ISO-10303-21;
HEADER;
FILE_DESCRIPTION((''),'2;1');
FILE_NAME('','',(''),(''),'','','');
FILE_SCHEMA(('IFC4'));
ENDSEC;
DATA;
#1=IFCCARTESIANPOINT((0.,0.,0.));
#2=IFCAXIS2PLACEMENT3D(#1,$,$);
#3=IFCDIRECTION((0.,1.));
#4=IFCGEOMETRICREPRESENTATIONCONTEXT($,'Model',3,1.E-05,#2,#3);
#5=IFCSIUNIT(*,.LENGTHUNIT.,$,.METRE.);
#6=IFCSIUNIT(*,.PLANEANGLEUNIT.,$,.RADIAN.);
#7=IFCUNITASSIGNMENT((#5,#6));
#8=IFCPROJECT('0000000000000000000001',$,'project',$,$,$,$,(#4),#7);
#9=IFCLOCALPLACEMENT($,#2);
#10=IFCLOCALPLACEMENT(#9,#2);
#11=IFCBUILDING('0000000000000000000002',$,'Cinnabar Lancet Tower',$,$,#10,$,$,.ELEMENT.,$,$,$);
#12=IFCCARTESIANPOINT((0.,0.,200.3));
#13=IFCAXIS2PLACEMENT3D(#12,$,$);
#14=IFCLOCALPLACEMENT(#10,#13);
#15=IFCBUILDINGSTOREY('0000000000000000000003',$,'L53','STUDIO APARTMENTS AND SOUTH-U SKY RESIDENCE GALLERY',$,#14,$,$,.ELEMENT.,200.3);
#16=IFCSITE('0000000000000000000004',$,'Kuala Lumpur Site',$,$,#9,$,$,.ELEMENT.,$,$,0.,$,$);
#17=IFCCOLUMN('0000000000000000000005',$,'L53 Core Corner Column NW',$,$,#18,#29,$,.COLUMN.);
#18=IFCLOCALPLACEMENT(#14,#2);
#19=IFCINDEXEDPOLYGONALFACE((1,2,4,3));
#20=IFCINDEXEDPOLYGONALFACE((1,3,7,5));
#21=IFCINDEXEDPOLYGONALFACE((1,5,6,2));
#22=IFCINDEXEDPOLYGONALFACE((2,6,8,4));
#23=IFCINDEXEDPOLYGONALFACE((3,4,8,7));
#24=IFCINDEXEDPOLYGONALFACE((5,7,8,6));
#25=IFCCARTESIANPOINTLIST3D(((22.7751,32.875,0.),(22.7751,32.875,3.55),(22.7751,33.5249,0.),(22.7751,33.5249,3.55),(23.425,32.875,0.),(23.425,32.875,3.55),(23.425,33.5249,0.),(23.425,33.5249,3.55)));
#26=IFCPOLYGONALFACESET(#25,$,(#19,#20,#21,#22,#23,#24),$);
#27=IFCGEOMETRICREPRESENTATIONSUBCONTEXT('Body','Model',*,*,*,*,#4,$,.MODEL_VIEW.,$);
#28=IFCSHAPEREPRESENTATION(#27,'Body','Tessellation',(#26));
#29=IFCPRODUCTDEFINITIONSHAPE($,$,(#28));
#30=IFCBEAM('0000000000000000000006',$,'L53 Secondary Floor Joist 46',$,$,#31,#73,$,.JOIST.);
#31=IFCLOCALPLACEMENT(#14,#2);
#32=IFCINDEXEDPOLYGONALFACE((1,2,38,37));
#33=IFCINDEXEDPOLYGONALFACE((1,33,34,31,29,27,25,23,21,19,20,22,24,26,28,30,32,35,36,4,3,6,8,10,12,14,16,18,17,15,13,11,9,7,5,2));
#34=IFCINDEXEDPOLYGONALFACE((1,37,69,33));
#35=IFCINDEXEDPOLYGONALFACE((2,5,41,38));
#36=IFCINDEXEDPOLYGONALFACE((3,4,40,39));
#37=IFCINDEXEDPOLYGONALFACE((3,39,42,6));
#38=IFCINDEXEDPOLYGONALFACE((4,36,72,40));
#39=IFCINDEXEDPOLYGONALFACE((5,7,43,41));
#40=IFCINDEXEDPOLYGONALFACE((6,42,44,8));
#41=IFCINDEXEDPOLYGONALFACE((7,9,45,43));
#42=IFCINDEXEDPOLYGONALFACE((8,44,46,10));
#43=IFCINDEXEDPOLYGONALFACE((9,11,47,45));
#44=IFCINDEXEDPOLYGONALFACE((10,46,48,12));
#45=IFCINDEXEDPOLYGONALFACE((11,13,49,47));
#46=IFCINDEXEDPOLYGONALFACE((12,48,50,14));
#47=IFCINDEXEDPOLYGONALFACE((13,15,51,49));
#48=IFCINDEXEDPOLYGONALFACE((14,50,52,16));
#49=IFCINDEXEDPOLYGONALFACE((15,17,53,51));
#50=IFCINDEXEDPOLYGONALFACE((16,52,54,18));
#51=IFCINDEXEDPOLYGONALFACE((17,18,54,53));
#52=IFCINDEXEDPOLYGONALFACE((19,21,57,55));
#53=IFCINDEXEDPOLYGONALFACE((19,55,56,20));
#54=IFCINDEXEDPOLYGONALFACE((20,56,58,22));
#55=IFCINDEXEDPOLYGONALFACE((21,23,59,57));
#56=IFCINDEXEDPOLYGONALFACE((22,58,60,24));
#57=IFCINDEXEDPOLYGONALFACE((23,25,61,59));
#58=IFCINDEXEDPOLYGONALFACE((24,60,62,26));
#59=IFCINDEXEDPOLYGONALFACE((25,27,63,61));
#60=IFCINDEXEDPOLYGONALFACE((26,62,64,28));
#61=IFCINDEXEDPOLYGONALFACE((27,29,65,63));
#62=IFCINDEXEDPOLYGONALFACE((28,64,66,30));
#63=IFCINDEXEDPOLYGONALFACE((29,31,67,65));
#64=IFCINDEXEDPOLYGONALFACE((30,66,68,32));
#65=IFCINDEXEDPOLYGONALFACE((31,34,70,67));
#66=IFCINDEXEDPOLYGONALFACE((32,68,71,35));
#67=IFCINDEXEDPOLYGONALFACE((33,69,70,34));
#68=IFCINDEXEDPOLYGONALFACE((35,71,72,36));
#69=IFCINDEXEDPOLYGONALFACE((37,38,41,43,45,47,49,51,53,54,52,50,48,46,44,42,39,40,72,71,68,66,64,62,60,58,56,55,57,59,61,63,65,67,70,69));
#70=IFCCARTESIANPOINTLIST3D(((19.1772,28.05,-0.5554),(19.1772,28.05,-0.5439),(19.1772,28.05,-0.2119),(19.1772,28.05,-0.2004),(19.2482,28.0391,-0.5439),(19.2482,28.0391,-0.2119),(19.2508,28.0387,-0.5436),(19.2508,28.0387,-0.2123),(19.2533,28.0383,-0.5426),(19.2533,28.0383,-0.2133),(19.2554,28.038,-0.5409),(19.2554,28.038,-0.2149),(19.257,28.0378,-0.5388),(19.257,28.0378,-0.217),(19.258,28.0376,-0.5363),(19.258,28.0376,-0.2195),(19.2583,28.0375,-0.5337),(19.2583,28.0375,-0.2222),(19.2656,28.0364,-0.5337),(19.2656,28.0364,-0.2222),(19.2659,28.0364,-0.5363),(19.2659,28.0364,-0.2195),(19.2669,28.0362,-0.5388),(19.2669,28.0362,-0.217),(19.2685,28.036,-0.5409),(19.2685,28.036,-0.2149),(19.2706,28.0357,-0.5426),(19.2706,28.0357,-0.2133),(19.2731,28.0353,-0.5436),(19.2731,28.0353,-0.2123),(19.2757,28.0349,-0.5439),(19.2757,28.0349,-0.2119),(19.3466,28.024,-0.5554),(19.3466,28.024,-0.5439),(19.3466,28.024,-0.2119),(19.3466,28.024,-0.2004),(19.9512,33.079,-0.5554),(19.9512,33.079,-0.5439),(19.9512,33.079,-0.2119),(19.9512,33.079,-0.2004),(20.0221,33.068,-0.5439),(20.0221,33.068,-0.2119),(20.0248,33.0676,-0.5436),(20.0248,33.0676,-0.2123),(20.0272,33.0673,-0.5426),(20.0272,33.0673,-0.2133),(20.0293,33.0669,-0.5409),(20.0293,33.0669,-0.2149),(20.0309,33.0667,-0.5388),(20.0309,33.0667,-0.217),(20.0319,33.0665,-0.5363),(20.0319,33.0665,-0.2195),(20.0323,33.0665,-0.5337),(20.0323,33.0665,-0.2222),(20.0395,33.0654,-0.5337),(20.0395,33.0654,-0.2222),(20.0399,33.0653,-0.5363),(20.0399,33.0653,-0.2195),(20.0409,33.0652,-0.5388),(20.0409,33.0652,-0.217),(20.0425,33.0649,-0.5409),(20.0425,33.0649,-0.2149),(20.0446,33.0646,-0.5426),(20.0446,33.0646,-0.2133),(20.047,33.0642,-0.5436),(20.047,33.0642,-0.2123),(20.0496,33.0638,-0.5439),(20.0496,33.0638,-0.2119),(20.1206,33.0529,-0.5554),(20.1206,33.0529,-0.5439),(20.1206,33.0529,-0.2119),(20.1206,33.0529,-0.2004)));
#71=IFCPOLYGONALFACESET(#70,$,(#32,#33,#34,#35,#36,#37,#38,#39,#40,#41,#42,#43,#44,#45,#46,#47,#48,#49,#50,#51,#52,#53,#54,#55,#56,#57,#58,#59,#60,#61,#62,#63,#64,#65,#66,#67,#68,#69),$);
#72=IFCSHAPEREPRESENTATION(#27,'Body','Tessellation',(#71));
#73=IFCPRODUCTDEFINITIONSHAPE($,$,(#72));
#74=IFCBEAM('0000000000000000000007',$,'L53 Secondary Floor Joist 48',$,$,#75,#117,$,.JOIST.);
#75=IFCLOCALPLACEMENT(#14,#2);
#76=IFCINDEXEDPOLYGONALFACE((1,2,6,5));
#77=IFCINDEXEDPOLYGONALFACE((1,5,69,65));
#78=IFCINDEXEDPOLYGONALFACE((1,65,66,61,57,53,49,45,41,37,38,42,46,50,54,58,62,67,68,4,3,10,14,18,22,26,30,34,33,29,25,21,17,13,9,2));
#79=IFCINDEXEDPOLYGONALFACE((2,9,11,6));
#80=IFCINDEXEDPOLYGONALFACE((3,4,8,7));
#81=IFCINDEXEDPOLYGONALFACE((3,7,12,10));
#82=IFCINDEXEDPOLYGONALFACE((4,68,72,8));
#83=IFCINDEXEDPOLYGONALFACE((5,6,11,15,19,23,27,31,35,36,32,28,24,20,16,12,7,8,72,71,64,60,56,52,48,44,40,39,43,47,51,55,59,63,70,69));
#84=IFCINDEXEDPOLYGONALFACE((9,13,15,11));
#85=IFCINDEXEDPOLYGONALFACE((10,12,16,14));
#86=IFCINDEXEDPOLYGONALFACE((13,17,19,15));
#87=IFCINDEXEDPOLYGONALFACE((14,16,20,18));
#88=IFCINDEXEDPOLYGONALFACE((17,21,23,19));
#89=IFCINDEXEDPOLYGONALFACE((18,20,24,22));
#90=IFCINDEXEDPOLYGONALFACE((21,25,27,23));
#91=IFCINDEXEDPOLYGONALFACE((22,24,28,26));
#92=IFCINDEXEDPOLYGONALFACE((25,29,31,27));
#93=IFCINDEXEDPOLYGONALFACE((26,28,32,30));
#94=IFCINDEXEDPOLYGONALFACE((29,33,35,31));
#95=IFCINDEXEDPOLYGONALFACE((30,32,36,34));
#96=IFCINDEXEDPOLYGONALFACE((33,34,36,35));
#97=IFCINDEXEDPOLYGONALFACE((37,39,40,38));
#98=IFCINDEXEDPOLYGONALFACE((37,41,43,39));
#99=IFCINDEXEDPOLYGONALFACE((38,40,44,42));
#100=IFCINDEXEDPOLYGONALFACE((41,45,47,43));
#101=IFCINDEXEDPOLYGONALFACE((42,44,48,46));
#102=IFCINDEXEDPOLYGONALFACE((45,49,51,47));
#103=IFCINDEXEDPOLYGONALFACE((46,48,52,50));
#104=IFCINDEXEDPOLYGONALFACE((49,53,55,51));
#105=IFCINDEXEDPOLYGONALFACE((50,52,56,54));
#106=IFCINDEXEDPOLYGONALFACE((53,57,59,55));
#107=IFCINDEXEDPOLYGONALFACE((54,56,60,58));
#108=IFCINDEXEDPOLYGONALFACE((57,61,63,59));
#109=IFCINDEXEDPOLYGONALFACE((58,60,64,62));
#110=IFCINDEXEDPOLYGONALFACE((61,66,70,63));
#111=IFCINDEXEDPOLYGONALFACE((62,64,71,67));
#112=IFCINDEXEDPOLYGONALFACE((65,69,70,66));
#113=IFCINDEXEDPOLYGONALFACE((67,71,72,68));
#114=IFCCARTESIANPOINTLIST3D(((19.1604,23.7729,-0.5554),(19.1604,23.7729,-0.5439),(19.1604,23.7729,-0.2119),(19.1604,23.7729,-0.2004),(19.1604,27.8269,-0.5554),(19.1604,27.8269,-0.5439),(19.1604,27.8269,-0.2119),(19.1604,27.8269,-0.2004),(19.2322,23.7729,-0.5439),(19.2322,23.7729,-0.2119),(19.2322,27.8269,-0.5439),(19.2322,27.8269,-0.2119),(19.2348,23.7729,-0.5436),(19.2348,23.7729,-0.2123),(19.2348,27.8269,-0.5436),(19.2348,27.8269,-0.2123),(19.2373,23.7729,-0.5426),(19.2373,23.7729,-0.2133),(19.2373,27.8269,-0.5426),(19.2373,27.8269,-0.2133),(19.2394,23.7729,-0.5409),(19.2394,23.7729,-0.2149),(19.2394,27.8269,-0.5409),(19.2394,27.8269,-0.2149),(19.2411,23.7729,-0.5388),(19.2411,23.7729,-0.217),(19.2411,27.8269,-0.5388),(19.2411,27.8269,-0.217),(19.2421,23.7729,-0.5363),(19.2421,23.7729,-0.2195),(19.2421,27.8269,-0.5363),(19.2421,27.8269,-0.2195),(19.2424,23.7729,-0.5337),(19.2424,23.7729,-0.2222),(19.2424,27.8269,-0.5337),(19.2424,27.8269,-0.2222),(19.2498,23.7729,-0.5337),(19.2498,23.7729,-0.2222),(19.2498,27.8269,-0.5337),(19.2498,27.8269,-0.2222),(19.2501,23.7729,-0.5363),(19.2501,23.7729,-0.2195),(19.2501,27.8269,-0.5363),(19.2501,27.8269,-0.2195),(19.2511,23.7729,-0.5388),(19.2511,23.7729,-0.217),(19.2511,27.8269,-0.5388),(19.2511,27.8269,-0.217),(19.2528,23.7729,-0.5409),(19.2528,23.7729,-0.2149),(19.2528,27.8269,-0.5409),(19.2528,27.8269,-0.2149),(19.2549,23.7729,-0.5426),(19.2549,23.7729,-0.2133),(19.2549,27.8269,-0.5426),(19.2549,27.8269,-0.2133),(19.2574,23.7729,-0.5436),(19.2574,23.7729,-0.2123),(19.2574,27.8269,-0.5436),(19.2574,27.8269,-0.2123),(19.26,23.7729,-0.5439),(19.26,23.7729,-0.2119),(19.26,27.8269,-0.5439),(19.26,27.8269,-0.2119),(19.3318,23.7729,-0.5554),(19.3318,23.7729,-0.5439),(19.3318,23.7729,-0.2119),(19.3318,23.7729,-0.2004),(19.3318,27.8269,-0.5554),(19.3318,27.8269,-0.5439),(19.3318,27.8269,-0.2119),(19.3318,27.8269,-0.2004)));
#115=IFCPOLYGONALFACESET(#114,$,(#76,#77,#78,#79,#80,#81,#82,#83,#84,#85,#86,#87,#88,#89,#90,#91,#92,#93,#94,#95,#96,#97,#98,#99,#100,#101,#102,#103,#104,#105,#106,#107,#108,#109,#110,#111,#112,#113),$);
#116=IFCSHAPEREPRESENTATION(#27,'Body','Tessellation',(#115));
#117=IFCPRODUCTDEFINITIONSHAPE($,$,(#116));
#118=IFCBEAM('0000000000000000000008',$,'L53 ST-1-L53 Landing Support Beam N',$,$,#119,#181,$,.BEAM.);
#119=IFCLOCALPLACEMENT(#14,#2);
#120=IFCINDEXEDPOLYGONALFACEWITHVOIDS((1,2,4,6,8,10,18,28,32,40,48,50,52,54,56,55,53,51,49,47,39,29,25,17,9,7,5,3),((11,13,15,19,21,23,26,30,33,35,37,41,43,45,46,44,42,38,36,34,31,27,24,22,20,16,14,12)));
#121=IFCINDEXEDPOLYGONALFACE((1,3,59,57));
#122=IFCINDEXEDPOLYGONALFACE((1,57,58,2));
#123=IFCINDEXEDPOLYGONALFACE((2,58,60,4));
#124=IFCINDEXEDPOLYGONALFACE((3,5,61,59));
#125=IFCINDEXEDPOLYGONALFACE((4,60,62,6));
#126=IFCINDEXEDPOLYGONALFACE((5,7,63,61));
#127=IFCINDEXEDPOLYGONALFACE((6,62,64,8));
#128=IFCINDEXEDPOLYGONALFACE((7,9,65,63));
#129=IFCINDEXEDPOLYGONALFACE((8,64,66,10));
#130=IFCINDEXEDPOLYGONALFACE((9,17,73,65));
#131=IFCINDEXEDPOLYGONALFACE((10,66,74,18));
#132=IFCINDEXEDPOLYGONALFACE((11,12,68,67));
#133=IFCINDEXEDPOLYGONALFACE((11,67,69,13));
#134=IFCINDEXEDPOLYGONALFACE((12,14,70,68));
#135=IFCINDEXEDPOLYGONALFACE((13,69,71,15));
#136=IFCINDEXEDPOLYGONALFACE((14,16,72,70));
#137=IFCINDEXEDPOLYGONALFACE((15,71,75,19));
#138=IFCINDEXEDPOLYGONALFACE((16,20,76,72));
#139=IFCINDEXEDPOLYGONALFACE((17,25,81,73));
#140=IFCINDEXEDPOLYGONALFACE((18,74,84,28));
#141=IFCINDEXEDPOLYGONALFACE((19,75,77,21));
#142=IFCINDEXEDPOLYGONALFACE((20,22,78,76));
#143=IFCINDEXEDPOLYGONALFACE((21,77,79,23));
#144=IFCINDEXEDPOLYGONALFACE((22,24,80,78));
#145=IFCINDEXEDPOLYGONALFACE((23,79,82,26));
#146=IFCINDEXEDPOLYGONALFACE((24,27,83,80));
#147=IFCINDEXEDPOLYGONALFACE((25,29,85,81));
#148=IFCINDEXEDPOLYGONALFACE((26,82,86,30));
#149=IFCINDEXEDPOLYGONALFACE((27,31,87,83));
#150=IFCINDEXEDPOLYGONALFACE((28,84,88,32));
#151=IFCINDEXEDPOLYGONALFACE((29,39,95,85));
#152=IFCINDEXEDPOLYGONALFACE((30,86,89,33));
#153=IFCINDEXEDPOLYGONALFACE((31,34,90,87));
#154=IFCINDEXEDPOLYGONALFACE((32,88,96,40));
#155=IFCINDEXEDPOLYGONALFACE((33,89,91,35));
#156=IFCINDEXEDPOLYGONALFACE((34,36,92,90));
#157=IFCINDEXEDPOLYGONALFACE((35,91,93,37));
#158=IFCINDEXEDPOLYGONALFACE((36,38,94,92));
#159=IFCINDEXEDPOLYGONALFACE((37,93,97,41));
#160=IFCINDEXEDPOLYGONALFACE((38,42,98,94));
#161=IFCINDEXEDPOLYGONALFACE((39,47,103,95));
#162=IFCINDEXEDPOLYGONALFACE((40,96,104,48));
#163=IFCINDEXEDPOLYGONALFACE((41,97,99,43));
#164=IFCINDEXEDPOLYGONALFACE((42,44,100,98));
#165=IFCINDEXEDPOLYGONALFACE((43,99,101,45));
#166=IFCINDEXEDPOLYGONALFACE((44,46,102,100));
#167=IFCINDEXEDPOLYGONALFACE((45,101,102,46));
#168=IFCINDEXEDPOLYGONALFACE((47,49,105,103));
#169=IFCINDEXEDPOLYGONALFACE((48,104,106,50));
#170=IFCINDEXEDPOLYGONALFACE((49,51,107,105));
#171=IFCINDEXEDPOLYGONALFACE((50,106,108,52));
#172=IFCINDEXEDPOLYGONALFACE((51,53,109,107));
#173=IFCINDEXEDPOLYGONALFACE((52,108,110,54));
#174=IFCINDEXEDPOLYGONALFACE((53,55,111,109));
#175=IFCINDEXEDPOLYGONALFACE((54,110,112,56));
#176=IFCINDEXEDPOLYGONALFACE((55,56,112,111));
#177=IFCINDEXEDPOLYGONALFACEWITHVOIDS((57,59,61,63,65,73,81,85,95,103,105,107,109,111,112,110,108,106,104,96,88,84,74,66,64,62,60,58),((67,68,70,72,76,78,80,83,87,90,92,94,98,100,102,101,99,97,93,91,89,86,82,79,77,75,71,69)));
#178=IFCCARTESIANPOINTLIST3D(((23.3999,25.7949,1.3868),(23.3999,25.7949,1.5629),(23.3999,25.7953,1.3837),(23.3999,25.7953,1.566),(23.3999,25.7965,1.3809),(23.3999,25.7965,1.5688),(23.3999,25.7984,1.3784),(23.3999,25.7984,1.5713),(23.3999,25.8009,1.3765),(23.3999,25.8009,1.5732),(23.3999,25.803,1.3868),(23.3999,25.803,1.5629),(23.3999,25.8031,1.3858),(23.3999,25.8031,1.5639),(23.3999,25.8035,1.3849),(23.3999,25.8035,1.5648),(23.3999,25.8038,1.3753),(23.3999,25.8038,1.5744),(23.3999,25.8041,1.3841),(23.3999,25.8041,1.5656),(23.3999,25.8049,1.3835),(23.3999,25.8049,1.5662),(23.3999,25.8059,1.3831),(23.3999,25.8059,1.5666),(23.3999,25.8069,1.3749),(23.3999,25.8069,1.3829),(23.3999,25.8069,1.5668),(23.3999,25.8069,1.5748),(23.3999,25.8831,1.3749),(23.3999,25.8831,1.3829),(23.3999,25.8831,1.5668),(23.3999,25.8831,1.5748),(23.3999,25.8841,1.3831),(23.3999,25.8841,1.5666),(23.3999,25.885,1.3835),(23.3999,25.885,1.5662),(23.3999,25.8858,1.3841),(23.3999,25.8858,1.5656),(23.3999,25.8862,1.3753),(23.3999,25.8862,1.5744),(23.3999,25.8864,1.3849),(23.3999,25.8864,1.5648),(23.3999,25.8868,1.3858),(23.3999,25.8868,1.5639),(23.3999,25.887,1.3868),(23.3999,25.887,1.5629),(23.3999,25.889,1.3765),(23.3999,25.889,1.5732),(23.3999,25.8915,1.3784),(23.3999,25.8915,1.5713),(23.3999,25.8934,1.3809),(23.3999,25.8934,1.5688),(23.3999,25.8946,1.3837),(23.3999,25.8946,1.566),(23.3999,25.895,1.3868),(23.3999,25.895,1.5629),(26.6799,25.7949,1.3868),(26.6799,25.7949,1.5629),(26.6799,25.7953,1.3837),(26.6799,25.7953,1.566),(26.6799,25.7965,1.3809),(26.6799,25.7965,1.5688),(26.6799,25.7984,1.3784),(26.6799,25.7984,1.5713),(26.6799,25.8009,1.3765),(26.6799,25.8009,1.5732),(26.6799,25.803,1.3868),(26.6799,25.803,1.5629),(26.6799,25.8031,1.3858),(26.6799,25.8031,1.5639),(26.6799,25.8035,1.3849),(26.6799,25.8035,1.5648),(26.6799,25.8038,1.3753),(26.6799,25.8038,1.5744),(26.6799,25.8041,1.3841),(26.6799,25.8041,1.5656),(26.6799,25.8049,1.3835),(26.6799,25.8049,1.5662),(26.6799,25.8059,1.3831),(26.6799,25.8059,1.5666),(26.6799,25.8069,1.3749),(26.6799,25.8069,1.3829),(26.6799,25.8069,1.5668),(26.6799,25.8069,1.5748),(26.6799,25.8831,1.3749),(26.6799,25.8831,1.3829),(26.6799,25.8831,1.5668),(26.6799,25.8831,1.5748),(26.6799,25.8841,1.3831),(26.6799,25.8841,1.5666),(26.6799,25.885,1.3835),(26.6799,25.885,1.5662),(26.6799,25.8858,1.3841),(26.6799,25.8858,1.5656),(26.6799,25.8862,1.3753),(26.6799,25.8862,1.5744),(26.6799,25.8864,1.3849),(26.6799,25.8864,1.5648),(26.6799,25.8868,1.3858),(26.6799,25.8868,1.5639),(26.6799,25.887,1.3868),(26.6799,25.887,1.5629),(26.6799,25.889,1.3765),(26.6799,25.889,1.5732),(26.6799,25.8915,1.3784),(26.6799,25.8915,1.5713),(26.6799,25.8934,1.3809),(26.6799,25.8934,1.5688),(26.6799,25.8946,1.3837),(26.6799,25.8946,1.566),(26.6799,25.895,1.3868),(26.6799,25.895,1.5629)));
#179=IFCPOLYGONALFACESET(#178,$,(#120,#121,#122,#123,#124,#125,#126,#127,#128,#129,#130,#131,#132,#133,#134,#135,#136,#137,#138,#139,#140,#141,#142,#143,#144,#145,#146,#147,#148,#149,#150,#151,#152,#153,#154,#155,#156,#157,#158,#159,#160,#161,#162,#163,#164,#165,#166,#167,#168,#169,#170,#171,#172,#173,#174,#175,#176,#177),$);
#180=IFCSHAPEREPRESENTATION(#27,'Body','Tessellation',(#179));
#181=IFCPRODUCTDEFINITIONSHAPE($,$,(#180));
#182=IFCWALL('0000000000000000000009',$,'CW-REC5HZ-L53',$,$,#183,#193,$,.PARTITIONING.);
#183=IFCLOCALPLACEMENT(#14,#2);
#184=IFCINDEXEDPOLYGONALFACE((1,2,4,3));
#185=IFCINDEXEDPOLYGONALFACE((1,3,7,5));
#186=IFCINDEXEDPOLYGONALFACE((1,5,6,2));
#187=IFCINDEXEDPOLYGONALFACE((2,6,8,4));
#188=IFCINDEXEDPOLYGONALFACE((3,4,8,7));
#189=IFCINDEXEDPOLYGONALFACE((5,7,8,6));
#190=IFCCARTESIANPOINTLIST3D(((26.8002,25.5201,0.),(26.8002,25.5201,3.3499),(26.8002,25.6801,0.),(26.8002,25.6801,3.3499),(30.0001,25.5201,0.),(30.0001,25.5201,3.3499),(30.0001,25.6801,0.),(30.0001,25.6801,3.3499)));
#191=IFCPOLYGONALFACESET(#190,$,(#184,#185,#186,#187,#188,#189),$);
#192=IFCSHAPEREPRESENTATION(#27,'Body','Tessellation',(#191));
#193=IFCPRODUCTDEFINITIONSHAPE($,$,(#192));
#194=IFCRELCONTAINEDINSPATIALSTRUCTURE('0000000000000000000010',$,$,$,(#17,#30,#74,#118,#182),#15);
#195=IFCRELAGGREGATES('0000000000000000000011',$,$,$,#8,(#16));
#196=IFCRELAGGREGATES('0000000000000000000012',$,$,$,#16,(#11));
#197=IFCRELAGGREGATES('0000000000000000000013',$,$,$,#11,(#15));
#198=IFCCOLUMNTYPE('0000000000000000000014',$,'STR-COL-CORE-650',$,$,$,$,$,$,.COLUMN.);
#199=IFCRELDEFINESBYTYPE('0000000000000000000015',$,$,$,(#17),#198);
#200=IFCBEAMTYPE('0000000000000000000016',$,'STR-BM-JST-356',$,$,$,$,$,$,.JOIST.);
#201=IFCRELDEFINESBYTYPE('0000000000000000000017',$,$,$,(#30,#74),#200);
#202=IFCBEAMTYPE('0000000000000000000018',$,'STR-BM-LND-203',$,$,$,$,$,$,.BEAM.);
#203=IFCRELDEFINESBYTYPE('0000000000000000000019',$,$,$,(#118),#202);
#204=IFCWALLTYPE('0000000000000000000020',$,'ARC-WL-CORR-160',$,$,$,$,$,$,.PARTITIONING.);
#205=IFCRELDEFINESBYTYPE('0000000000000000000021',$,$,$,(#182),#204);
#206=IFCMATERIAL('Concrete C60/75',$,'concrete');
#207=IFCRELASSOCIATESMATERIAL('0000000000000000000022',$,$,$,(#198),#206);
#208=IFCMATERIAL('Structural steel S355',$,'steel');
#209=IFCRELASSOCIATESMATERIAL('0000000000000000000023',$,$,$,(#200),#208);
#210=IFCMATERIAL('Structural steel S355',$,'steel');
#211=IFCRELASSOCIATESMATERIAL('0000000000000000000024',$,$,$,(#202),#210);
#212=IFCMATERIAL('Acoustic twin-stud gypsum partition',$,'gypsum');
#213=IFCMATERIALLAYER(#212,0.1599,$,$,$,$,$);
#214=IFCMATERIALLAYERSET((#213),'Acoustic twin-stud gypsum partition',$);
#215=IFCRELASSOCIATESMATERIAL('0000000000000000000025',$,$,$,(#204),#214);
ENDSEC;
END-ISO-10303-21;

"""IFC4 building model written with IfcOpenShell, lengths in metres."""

from ifc_helpers import new_model, si_unit, direction, frame, frame_2d, origin, origin_2d, place, context, subcontext, project, spatial, rectangle, hollow_rectangle, i_section, extrude, material, layer, layer_set, material_profile, profile_set, type_object, element, save


model = new_model("IFC4")

# Units and contexts
model_context = context("Model", 3, precision=1e-05, world=origin(), true_north=direction((0.0, 1.0)))
body_context = subcontext(model_context, "Body", "Model", "MODEL_VIEW")
ifc_project = project(units=[si_unit("LENGTHUNIT", "METRE"), si_unit("PLANEANGLEUNIT", "RADIAN")], contexts=[model_context])

# Site, building, storey
site_placement = place(None, origin())
site = spatial("IfcSite", under=ifc_project, at=site_placement, Name="Kuala Lumpur Site", CompositionType="ELEMENT", RefElevation=0.0)
building_placement = place(site_placement, origin())
building = spatial("IfcBuilding", under=site, at=building_placement, Name="Cinnabar Lancet Tower", CompositionType="ELEMENT")
storey_placement = place(building_placement, frame((0.0, 0.0, 200.3)))
storey = spatial("IfcBuildingStorey", under=building, at=storey_placement, Name="L53", Description="STUDIO APARTMENTS AND SOUTH-U SKY RESIDENCE GALLERY", CompositionType="ELEMENT", Elevation=200.3)

# Column
ifc_material_1 = material(Name="Concrete C60/75", Category="concrete")
ifc_material_profile_1 = material_profile(ifc_material_1, rectangle(XDim=0.6499, YDim=0.6499, at=origin_2d()), Name="RC-COL 650x650")
ifc_profile_set_1 = profile_set([ifc_material_profile_1], Name="Concrete C60/75")
column_type = type_object("IfcColumnType", Name="STR-COL-CORE-650", PredefinedType="COLUMN", material=ifc_profile_set_1)
column_placement = place(storey_placement, frame((23.1001, 33.2, 0.0), z_axis=(0.0, 0.0, 1.0), x_axis=(1.0, 0.0, 0.0)))
element("IfcColumn", 1, at=column_placement, inside=storey, type_object=column_type, Name="L53 Core Corner Column NW", PredefinedType="COLUMN", context=body_context, shape_type="SweptSolid", body=[
    extrude(rectangle(XDim=0.6499, YDim=0.6499, at=origin_2d()), origin(), (0.0, 0.0, 1.0), 3.55),
])

# Beams
ifc_material_2 = material(Name="Structural steel S355", Category="steel")
ifc_material_profile_2 = material_profile(ifc_material_2, i_section(OverallWidth=0.1714, OverallDepth=0.355, WebThickness=0.0073, FlangeThickness=0.0115, FilletRadius=0.0103, at=origin_2d()), Name="UKB 356x171x51")
ifc_profile_set_2 = profile_set([ifc_material_profile_2], Name="Structural steel S355")
beam_type_1 = type_object("IfcBeamType", Name="STR-BM-JST-356", PredefinedType="JOIST", material=ifc_profile_set_2)
beam_1_placement = place(storey_placement, frame((20.0359, 33.0659, -0.3779), z_axis=(-0.152108, -0.988364, 0.0), x_axis=(0.988364, -0.152108, 0.0)))
element("IfcBeam", 2, at=beam_1_placement, inside=storey, type_object=beam_type_1, Name="L53 Secondary Floor Joist 46", PredefinedType="JOIST", context=body_context, shape_type="SweptSolid", body=[
    extrude(i_section(OverallWidth=0.1714, OverallDepth=0.355, WebThickness=0.0073, FlangeThickness=0.0115, FilletRadius=0.0103, at=origin_2d()), origin(), (0.0, 0.0, 1.0), 5.0881),
])
beam_2_placement = place(storey_placement, frame((19.2461, 27.8269, -0.3779), z_axis=(0.0, -1.0, 0.0), x_axis=(1.0, 0.0, 0.0)))
element("IfcBeam", 3, at=beam_2_placement, inside=storey, type_object=beam_type_1, Name="L53 Secondary Floor Joist 48", PredefinedType="JOIST", context=body_context, shape_type="SweptSolid", body=[
    extrude(i_section(OverallWidth=0.1714, OverallDepth=0.355, WebThickness=0.0073, FlangeThickness=0.0115, FilletRadius=0.0103, at=origin_2d()), origin(), (0.0, 0.0, 1.0), 4.054),
])
ifc_material_3 = material(Name="Structural steel S355", Category="steel")
ifc_material_profile_3 = material_profile(ifc_material_3, hollow_rectangle(XDim=0.1001, YDim=0.2, WallThickness=0.0081, InnerFilletRadius=0.0039, OuterFilletRadius=0.012, at=origin_2d()), Name="RHS 200x100x8")
ifc_profile_set_3 = profile_set([ifc_material_profile_3], Name="Structural steel S355")
beam_type_2 = type_object("IfcBeamType", Name="STR-BM-LND-203", PredefinedType="BEAM", material=ifc_profile_set_3)
beam_3_placement = place(storey_placement, frame((23.3999, 25.845, 1.4749), z_axis=(1.0, 0.0, 0.0), x_axis=(0.0, 1.0, 0.0)))
element("IfcBeam", 4, at=beam_3_placement, inside=storey, type_object=beam_type_2, Name="L53 ST-1-L53 Landing Support Beam N", PredefinedType="BEAM", context=body_context, shape_type="SweptSolid", body=[
    extrude(hollow_rectangle(XDim=0.1001, YDim=0.2, WallThickness=0.0081, InnerFilletRadius=0.0039, OuterFilletRadius=0.012, at=origin_2d()), origin(), (0.0, 0.0, 1.0), 3.28),
])

# Wall
ifc_material_4 = material(Name="Acoustic twin-stud gypsum partition", Category="gypsum")
ifc_layer_1 = layer(ifc_material_4, 0.1599)
ifc_layer_set_1 = layer_set([ifc_layer_1], Name="Acoustic twin-stud gypsum partition")
wall_type_1 = type_object("IfcWallType", Name="ARC-WL-CORR-160", PredefinedType="PARTITIONING", material=ifc_layer_set_1)
wall_1_placement = place(storey_placement, frame((26.8, 25.6001, 0.0), z_axis=(0.0, 0.0, 1.0), x_axis=(1.0, 0.0, 0.0)))
element("IfcWall", 5, at=wall_1_placement, inside=storey, type_object=wall_type_1, Name="CW-REC5HZ-L53", PredefinedType="PARTITIONING", context=body_context, shape_type="SweptSolid", body=[
    extrude(rectangle(XDim=3.2, YDim=0.1599, at=frame_2d((1.6001, 0.0))), origin(), (0.0, 0.0, 1.0), 3.3499),
])

save(model, "model.ifc")
